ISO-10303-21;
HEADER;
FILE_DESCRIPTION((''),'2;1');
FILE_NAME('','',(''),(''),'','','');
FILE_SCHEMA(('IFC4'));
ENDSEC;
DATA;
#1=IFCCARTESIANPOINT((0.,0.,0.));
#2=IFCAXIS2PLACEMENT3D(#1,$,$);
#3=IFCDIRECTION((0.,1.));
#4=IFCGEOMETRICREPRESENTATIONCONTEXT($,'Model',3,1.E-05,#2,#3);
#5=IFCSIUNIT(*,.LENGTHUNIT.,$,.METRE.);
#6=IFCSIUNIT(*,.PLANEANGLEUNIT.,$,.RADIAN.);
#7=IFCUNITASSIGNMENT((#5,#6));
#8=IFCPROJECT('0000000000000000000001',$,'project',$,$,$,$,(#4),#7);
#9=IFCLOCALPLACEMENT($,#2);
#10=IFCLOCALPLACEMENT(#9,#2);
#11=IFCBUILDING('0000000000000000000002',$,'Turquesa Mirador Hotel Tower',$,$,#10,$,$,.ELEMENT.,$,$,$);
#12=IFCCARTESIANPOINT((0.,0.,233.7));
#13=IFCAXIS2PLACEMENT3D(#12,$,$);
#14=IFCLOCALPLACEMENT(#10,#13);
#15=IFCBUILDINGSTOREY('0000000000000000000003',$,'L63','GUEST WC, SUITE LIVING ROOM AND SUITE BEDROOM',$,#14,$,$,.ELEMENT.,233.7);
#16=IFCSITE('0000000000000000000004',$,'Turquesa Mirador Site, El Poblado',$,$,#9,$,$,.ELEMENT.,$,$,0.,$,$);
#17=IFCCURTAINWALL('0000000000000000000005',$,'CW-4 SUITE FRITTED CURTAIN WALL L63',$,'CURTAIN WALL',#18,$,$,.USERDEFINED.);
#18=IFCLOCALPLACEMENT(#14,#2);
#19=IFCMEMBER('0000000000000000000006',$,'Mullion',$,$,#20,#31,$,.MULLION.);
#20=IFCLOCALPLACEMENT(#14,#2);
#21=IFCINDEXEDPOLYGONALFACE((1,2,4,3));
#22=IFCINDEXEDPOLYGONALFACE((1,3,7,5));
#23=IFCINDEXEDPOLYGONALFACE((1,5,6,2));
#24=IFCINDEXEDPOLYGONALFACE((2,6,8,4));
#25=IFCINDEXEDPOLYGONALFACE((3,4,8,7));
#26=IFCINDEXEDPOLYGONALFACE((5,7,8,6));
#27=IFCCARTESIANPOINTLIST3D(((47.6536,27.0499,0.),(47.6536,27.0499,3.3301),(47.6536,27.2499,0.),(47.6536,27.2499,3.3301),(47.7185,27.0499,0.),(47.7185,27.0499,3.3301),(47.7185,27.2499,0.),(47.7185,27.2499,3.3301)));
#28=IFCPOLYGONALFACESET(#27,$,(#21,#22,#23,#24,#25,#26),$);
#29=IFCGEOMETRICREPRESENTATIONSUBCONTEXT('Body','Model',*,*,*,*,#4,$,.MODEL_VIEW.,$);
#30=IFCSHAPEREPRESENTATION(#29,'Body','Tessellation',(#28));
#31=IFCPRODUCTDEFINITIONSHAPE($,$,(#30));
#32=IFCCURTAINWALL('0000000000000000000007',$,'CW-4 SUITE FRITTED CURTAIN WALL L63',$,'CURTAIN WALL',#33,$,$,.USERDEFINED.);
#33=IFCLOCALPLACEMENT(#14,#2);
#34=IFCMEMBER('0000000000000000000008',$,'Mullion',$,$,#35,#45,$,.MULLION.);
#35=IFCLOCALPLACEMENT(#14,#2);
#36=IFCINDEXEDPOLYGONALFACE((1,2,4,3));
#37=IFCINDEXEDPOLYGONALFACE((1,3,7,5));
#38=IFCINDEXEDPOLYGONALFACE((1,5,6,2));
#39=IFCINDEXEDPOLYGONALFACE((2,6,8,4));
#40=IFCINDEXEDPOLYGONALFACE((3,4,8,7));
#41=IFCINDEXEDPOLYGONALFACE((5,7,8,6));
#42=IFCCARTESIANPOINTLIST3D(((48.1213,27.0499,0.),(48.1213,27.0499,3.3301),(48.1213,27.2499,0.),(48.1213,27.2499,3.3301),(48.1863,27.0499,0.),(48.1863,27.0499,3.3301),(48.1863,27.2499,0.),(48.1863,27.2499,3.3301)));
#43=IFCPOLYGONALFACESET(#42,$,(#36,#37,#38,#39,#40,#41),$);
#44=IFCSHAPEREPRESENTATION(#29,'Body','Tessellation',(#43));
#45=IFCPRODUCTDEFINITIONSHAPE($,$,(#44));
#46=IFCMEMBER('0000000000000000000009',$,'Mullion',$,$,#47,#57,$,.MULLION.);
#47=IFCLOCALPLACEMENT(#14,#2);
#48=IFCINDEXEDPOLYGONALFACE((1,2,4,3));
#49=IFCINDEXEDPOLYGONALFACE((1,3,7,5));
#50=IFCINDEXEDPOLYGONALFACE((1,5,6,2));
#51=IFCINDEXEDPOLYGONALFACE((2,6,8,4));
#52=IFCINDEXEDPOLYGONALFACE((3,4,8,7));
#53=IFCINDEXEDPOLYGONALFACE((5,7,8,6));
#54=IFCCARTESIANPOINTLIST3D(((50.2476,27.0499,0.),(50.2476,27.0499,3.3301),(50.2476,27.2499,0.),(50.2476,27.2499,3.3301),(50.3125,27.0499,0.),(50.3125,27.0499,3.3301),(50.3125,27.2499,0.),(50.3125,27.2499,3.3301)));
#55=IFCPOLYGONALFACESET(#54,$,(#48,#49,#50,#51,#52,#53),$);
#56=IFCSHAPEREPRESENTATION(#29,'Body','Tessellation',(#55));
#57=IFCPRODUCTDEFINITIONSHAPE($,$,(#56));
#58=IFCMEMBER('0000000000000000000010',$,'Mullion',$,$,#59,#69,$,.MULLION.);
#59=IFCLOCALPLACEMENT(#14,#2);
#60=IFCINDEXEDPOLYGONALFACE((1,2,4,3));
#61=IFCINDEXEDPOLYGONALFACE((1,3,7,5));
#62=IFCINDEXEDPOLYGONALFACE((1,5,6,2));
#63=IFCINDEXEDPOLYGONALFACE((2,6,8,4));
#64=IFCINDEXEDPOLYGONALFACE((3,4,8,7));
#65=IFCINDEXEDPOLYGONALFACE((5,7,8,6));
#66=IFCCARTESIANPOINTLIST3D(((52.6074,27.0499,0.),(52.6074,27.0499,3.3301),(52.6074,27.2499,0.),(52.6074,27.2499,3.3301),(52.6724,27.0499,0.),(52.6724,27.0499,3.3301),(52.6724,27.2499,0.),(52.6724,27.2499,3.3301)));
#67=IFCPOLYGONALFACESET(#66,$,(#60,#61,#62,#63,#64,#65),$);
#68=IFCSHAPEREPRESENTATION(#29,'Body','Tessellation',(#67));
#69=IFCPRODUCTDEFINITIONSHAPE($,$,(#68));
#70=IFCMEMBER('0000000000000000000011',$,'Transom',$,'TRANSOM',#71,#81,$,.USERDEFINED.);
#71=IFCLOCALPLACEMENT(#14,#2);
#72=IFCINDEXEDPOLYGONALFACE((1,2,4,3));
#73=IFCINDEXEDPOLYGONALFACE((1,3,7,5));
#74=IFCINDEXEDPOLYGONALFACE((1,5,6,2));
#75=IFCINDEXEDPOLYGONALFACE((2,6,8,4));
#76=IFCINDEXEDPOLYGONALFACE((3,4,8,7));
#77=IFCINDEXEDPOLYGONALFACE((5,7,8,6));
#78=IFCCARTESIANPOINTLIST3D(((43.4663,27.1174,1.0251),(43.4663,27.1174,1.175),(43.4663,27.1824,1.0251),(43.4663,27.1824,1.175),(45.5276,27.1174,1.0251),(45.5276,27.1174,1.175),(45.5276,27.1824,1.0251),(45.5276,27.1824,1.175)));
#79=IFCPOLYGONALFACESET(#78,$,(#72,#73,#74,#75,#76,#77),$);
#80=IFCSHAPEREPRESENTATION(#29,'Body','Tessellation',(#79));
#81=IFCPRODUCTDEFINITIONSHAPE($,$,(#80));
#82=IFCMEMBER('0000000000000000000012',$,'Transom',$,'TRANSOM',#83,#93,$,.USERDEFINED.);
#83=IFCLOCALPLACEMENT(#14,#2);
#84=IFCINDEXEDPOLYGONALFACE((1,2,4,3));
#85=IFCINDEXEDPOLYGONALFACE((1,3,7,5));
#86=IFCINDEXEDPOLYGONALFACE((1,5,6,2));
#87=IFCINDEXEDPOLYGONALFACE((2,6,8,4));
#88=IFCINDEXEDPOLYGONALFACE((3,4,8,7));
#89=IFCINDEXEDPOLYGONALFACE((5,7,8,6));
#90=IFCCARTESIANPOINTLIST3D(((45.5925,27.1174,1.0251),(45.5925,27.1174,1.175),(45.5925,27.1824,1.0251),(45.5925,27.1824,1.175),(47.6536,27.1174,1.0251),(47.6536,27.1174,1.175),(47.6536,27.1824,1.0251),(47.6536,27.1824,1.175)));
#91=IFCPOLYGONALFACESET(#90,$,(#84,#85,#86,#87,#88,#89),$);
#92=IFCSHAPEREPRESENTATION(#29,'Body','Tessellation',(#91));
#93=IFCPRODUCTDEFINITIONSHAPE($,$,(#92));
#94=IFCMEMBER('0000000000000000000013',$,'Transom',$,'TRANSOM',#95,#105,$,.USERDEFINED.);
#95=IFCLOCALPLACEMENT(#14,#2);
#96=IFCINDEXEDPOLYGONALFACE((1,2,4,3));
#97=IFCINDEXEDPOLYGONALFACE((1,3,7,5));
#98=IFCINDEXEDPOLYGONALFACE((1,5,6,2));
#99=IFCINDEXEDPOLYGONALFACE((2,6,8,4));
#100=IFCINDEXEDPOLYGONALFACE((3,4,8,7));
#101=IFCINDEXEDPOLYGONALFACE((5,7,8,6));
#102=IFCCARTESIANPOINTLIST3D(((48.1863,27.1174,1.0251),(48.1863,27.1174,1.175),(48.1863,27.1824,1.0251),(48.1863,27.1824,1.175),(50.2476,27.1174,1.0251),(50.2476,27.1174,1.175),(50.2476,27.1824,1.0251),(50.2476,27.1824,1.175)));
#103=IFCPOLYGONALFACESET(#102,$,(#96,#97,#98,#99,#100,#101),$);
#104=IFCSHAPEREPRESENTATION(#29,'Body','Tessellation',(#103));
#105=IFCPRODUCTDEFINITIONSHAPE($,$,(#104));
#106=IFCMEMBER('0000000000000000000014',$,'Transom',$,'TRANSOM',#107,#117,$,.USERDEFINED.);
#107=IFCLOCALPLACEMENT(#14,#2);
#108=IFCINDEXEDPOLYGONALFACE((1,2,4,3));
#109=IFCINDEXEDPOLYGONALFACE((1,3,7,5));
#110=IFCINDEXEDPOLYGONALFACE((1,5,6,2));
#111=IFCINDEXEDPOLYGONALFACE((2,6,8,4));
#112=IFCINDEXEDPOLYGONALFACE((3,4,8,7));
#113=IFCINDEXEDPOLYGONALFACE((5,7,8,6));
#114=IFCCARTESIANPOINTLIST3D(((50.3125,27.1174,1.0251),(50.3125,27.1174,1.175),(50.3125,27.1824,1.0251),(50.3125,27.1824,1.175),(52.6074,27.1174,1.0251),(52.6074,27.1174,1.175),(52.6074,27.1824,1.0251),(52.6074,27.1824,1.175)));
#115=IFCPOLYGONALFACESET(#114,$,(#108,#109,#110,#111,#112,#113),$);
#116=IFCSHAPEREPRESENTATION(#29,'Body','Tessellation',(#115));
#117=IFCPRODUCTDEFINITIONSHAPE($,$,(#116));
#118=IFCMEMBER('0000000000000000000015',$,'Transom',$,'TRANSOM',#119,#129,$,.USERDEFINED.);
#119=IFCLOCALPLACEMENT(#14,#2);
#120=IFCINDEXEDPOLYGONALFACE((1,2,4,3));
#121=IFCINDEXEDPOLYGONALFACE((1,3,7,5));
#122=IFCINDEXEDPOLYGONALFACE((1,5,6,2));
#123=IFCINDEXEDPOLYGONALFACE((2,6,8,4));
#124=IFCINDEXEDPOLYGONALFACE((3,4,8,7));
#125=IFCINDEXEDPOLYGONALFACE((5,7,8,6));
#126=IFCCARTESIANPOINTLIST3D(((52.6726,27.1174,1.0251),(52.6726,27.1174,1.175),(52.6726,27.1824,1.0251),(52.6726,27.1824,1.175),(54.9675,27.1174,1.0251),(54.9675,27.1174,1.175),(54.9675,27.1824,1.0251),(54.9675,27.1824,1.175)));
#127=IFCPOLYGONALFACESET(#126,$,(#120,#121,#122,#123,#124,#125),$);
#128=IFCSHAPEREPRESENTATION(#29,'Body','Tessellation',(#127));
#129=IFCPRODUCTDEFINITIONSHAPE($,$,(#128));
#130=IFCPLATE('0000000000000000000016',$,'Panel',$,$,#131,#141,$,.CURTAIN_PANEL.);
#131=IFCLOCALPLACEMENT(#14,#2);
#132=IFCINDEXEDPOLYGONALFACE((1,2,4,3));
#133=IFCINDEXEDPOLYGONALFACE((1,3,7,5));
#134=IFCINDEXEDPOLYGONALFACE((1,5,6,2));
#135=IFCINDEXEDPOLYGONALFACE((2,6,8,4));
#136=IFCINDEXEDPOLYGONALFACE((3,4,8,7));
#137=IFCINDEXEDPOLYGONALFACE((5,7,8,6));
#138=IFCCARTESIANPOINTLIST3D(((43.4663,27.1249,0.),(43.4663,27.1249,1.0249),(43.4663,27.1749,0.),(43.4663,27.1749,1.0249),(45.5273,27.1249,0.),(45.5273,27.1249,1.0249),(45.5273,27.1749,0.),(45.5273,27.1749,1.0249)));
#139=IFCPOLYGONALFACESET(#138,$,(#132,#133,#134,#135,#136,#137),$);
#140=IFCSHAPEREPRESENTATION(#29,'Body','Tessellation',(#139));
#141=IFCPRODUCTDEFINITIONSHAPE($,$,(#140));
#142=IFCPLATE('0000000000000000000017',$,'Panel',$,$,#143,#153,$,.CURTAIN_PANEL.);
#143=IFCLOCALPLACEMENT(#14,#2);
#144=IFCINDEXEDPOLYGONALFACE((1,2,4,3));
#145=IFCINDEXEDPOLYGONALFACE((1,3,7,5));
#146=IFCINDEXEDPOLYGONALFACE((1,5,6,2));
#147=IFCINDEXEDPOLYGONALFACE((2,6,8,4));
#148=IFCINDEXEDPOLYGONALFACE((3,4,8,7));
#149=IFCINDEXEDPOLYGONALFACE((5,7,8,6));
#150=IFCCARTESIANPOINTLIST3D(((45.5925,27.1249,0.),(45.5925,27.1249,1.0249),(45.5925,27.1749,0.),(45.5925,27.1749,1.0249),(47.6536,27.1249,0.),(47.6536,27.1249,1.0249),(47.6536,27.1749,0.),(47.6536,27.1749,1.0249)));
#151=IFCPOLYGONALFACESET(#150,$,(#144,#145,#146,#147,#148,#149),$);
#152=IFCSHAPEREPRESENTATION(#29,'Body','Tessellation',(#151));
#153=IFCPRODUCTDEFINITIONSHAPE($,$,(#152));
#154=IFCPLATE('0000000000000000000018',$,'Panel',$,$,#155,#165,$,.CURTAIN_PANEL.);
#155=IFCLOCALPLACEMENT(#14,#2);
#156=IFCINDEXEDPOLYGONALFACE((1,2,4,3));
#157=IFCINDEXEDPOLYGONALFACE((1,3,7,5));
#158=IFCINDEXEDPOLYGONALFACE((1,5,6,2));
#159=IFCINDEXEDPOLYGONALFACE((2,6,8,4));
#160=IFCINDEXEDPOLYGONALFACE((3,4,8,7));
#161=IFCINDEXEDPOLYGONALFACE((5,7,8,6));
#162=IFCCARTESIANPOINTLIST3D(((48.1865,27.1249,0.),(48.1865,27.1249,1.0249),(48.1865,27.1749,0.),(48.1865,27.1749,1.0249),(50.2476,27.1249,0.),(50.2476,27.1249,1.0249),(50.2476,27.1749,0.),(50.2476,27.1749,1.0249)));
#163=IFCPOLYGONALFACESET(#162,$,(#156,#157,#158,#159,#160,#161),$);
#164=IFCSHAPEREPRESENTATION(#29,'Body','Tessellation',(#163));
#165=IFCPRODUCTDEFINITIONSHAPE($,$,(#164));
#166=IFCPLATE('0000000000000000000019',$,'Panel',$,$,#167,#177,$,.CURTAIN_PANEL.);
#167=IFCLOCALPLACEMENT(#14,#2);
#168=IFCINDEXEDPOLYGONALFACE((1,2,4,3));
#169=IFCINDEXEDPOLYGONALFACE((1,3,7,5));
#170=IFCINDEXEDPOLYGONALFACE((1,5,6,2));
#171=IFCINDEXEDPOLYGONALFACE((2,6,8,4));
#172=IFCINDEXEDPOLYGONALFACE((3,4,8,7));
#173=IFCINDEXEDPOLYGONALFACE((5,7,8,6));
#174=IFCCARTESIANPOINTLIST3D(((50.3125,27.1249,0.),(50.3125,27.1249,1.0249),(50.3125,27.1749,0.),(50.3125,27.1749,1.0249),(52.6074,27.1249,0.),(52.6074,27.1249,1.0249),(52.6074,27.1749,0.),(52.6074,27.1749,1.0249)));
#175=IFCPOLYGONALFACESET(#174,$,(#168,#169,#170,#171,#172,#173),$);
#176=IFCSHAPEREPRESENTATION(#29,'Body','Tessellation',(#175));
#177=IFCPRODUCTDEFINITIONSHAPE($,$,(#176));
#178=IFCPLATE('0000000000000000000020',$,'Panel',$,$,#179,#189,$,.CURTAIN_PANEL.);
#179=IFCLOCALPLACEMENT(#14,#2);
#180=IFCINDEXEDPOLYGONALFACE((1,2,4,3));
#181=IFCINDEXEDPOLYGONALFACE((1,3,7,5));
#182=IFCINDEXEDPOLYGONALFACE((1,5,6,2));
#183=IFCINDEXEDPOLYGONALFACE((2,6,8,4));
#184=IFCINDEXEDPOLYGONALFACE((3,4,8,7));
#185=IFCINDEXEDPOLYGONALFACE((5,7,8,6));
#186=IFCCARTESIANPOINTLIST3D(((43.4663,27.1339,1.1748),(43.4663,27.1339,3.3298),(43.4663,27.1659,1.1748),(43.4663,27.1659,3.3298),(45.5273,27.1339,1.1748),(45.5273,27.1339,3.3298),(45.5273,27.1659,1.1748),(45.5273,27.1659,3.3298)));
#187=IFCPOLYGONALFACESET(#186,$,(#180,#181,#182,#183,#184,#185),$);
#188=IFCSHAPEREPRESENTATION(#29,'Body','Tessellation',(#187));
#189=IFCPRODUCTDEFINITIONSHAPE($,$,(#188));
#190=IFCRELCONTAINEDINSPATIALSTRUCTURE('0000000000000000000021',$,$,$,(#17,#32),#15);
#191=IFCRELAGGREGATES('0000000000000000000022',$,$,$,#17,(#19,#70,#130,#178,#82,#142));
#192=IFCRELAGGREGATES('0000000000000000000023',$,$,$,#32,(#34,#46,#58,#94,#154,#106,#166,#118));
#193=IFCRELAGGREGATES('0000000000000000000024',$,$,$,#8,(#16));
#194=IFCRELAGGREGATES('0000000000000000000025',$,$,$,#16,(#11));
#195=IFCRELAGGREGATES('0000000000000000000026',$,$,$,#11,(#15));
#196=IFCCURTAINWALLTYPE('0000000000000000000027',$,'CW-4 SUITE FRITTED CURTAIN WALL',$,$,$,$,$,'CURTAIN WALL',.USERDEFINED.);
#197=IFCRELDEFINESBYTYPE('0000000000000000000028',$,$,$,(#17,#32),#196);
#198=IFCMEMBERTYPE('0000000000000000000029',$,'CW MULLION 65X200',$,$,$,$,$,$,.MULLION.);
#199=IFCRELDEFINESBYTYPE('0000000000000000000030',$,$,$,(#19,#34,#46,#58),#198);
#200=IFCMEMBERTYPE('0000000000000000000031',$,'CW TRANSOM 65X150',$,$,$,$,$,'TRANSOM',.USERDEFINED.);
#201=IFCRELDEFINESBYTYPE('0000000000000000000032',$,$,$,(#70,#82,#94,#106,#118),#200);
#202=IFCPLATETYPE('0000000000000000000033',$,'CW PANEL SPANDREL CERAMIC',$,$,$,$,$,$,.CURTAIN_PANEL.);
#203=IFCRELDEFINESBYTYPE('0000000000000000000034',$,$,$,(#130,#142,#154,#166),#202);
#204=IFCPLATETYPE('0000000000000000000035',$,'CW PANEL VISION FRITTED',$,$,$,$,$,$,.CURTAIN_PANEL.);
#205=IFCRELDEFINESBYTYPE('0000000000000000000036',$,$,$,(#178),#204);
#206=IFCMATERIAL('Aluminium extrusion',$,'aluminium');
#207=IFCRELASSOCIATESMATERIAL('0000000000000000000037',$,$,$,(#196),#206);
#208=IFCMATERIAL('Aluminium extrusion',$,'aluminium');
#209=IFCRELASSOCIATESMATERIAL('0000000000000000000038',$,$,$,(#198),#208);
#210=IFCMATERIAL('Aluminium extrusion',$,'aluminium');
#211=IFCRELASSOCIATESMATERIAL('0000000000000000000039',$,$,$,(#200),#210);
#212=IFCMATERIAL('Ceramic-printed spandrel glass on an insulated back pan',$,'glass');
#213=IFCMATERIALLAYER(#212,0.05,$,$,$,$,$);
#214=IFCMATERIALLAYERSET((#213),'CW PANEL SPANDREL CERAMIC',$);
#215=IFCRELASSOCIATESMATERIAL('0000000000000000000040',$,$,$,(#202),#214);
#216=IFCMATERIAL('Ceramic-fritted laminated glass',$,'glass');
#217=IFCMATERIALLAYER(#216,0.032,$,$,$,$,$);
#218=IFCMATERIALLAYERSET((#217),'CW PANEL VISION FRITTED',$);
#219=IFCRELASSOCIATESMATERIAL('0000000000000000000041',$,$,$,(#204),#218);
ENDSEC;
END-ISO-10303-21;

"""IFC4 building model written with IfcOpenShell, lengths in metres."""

from ifc_helpers import new_model, si_unit, direction, frame, origin, origin_2d, place, context, subcontext, project, spatial, rectangle, extrude, material, layer, layer_set, material_profile, profile_set, type_object, element, aggregate, save


model = new_model("IFC4")

# Units and contexts
model_context = context("Model", 3, precision=1e-05, world=origin(), true_north=direction((0.0, 1.0)))
body_context = subcontext(model_context, "Body", "Model", "MODEL_VIEW")
ifc_project = project(units=[si_unit("LENGTHUNIT", "METRE"), si_unit("PLANEANGLEUNIT", "RADIAN")], contexts=[model_context])

# Site, building, storey
site_placement = place(None, origin())
site = spatial("IfcSite", under=ifc_project, at=site_placement, Name="Turquesa Mirador Site, El Poblado", CompositionType="ELEMENT", RefElevation=0.0)
building_placement = place(site_placement, origin())
building = spatial("IfcBuilding", under=site, at=building_placement, Name="Turquesa Mirador Hotel Tower", CompositionType="ELEMENT")
storey_placement = place(building_placement, frame((0.0, 0.0, 233.7)))
storey = spatial("IfcBuildingStorey", under=building, at=storey_placement, Name="L63", Description="GUEST WC, SUITE LIVING ROOM AND SUITE BEDROOM", CompositionType="ELEMENT", Elevation=233.7)

# Curtain walls, members
ifc_material_1 = material(Name="Aluminium extrusion", Category="aluminium")
curtain_wall_type = type_object("IfcCurtainWallType", Name="CW-4 SUITE FRITTED CURTAIN WALL", ElementType="CURTAIN WALL", PredefinedType="USERDEFINED", material=ifc_material_1)
curtain_wall_1_placement = place(storey_placement, origin())
curtain_wall_1 = element("IfcCurtainWall", 1, at=curtain_wall_1_placement, inside=storey, type_object=curtain_wall_type, Name="CW-4 SUITE FRITTED CURTAIN WALL L63", ObjectType="CURTAIN WALL", PredefinedType="USERDEFINED")
ifc_material_2 = material(Name="Aluminium extrusion", Category="aluminium")
ifc_material_profile_1 = material_profile(ifc_material_2, rectangle(XDim=0.0649, YDim=0.2, at=origin_2d()), Name="MULLION 65X200")
ifc_profile_set_1 = profile_set([ifc_material_profile_1], Name="Aluminium extrusion")
member_type_1 = type_object("IfcMemberType", Name="CW MULLION 65X200", PredefinedType="MULLION", material=ifc_profile_set_1)
member_1_placement = place(storey_placement, frame((47.686, 27.1499, 0.0), z_axis=(0.0, 0.0, 1.0), x_axis=(1.0, 0.0, 0.0)))
member_1 = element("IfcMember", 2, at=member_1_placement, type_object=member_type_1, Name="Mullion", PredefinedType="MULLION", context=body_context, shape_type="SweptSolid", body=[
    extrude(rectangle(XDim=0.0649, YDim=0.2, at=origin_2d()), origin(), (0.0, 0.0, 1.0), 3.3301),
])
curtain_wall_2_placement = place(storey_placement, origin())
curtain_wall_2 = element("IfcCurtainWall", 3, at=curtain_wall_2_placement, inside=storey, type_object=curtain_wall_type, Name="CW-4 SUITE FRITTED CURTAIN WALL L63", ObjectType="CURTAIN WALL", PredefinedType="USERDEFINED")
member_2_placement = place(storey_placement, frame((48.1538, 27.1499, 0.0), z_axis=(0.0, 0.0, 1.0), x_axis=(1.0, 0.0, 0.0)))
member_2 = element("IfcMember", 4, at=member_2_placement, type_object=member_type_1, Name="Mullion", PredefinedType="MULLION", context=body_context, shape_type="SweptSolid", body=[
    extrude(rectangle(XDim=0.0649, YDim=0.2, at=origin_2d()), origin(), (0.0, 0.0, 1.0), 3.3301),
])
member_3_placement = place(storey_placement, frame((50.28, 27.1499, 0.0), z_axis=(0.0, 0.0, 1.0), x_axis=(1.0, 0.0, 0.0)))
member_3 = element("IfcMember", 5, at=member_3_placement, type_object=member_type_1, Name="Mullion", PredefinedType="MULLION", context=body_context, shape_type="SweptSolid", body=[
    extrude(rectangle(XDim=0.0649, YDim=0.2, at=origin_2d()), origin(), (0.0, 0.0, 1.0), 3.3301),
])
member_4_placement = place(storey_placement, frame((52.6399, 27.1499, 0.0), z_axis=(0.0, 0.0, 1.0), x_axis=(1.0, 0.0, 0.0)))
member_4 = element("IfcMember", 6, at=member_4_placement, type_object=member_type_1, Name="Mullion", PredefinedType="MULLION", context=body_context, shape_type="SweptSolid", body=[
    extrude(rectangle(XDim=0.0649, YDim=0.2, at=origin_2d()), origin(), (0.0, 0.0, 1.0), 3.3301),
])

# Members
ifc_material_3 = material(Name="Aluminium extrusion", Category="aluminium")
ifc_material_profile_2 = material_profile(ifc_material_3, rectangle(XDim=0.0649, YDim=0.1499, at=origin_2d()), Name="TRANSOM 65X150")
ifc_profile_set_2 = profile_set([ifc_material_profile_2], Name="Aluminium extrusion")
member_type_2 = type_object("IfcMemberType", Name="CW TRANSOM 65X150", ElementType="TRANSOM", PredefinedType="USERDEFINED", material=ifc_profile_set_2)
member_5_placement = place(storey_placement, frame((43.4663, 27.1499, 1.1001), z_axis=(1.0, 0.0, 0.0), x_axis=(0.0, 1.0, 0.0)))
member_5 = element("IfcMember", 7, at=member_5_placement, type_object=member_type_2, Name="Transom", ObjectType="TRANSOM", PredefinedType="USERDEFINED", context=body_context, shape_type="SweptSolid", body=[
    extrude(rectangle(XDim=0.0649, YDim=0.1499, at=origin_2d()), origin(), (0.0, 0.0, 1.0), 2.0613),
])
member_6_placement = place(storey_placement, frame((45.5925, 27.1499, 1.1001), z_axis=(1.0, 0.0, 0.0), x_axis=(0.0, 1.0, 0.0)))
member_6 = element("IfcMember", 8, at=member_6_placement, type_object=member_type_2, Name="Transom", ObjectType="TRANSOM", PredefinedType="USERDEFINED", context=body_context, shape_type="SweptSolid", body=[
    extrude(rectangle(XDim=0.0649, YDim=0.1499, at=origin_2d()), origin(), (0.0, 0.0, 1.0), 2.061),
])
member_7_placement = place(storey_placement, frame((48.1863, 27.1499, 1.1001), z_axis=(1.0, 0.0, 0.0), x_axis=(0.0, 1.0, 0.0)))
member_7 = element("IfcMember", 9, at=member_7_placement, type_object=member_type_2, Name="Transom", ObjectType="TRANSOM", PredefinedType="USERDEFINED", context=body_context, shape_type="SweptSolid", body=[
    extrude(rectangle(XDim=0.0649, YDim=0.1499, at=origin_2d()), origin(), (0.0, 0.0, 1.0), 2.0613),
])
member_8_placement = place(storey_placement, frame((50.3125, 27.1499, 1.1001), z_axis=(1.0, 0.0, 0.0), x_axis=(0.0, 1.0, 0.0)))
member_8 = element("IfcMember", 10, at=member_8_placement, type_object=member_type_2, Name="Transom", ObjectType="TRANSOM", PredefinedType="USERDEFINED", context=body_context, shape_type="SweptSolid", body=[
    extrude(rectangle(XDim=0.0649, YDim=0.1499, at=origin_2d()), origin(), (0.0, 0.0, 1.0), 2.2949),
])
member_9_placement = place(storey_placement, frame((52.6726, 27.1499, 1.1001), z_axis=(1.0, 0.0, 0.0), x_axis=(0.0, 1.0, 0.0)))
member_9 = element("IfcMember", 11, at=member_9_placement, type_object=member_type_2, Name="Transom", ObjectType="TRANSOM", PredefinedType="USERDEFINED", context=body_context, shape_type="SweptSolid", body=[
    extrude(rectangle(XDim=0.0649, YDim=0.1499, at=origin_2d()), origin(), (0.0, 0.0, 1.0), 2.2949),
])

# Plates
ifc_material_4 = material(Name="Ceramic-printed spandrel glass on an insulated back pan", Category="glass")
ifc_layer_1 = layer(ifc_material_4, 0.05)
ifc_layer_set_1 = layer_set([ifc_layer_1], Name="CW PANEL SPANDREL CERAMIC")
plate_type_1 = type_object("IfcPlateType", Name="CW PANEL SPANDREL CERAMIC", PredefinedType="CURTAIN_PANEL", material=ifc_layer_set_1)
plate_1_placement = place(storey_placement, frame((44.4968, 27.1499, 0.0), z_axis=(0.0, 0.0, 1.0), x_axis=(1.0, 0.0, 0.0)))
plate_1 = element("IfcPlate", 12, at=plate_1_placement, type_object=plate_type_1, Name="Panel", PredefinedType="CURTAIN_PANEL", context=body_context, shape_type="SweptSolid", body=[
    extrude(rectangle(XDim=2.061, YDim=0.05, at=origin_2d()), origin(), (0.0, 0.0, 1.0), 1.0249),
])
plate_2_placement = place(storey_placement, frame((46.623, 27.1499, 0.0), z_axis=(0.0, 0.0, 1.0), x_axis=(1.0, 0.0, 0.0)))
plate_2 = element("IfcPlate", 13, at=plate_2_placement, type_object=plate_type_1, Name="Panel", PredefinedType="CURTAIN_PANEL", context=body_context, shape_type="SweptSolid", body=[
    extrude(rectangle(XDim=2.061, YDim=0.05, at=origin_2d()), origin(), (0.0, 0.0, 1.0), 1.0249),
])
plate_3_placement = place(storey_placement, frame((49.217, 27.1499, 0.0), z_axis=(0.0, 0.0, 1.0), x_axis=(1.0, 0.0, 0.0)))
plate_3 = element("IfcPlate", 14, at=plate_3_placement, type_object=plate_type_1, Name="Panel", PredefinedType="CURTAIN_PANEL", context=body_context, shape_type="SweptSolid", body=[
    extrude(rectangle(XDim=2.061, YDim=0.05, at=origin_2d()), origin(), (0.0, 0.0, 1.0), 1.0249),
])
plate_4_placement = place(storey_placement, frame((51.46, 27.1499, 0.0), z_axis=(0.0, 0.0, 1.0), x_axis=(1.0, 0.0, 0.0)))
plate_4 = element("IfcPlate", 15, at=plate_4_placement, type_object=plate_type_1, Name="Panel", PredefinedType="CURTAIN_PANEL", context=body_context, shape_type="SweptSolid", body=[
    extrude(rectangle(XDim=2.2949, YDim=0.05, at=origin_2d()), origin(), (0.0, 0.0, 1.0), 1.0249),
])
ifc_material_5 = material(Name="Ceramic-fritted laminated glass", Category="glass")
ifc_layer_2 = layer(ifc_material_5, 0.032)
ifc_layer_set_2 = layer_set([ifc_layer_2], Name="CW PANEL VISION FRITTED")
plate_type_2 = type_object("IfcPlateType", Name="CW PANEL VISION FRITTED", PredefinedType="CURTAIN_PANEL", material=ifc_layer_set_2)
plate_5_placement = place(storey_placement, frame((44.4968, 27.1499, 1.1748), z_axis=(0.0, 0.0, 1.0), x_axis=(1.0, 0.0, 0.0)))
plate_5 = element("IfcPlate", 16, at=plate_5_placement, type_object=plate_type_2, Name="Panel", PredefinedType="CURTAIN_PANEL", context=body_context, shape_type="SweptSolid", body=[
    extrude(rectangle(XDim=2.061, YDim=0.032, at=origin_2d()), origin(), (0.0, 0.0, 1.0), 2.155),
])
aggregate(curtain_wall_1, [member_1, member_5, plate_1, plate_5, member_6, plate_2])
aggregate(curtain_wall_2, [member_2, member_3, member_4, member_7, plate_3, member_8, plate_4, member_9])

save(model, "model.ifc")
